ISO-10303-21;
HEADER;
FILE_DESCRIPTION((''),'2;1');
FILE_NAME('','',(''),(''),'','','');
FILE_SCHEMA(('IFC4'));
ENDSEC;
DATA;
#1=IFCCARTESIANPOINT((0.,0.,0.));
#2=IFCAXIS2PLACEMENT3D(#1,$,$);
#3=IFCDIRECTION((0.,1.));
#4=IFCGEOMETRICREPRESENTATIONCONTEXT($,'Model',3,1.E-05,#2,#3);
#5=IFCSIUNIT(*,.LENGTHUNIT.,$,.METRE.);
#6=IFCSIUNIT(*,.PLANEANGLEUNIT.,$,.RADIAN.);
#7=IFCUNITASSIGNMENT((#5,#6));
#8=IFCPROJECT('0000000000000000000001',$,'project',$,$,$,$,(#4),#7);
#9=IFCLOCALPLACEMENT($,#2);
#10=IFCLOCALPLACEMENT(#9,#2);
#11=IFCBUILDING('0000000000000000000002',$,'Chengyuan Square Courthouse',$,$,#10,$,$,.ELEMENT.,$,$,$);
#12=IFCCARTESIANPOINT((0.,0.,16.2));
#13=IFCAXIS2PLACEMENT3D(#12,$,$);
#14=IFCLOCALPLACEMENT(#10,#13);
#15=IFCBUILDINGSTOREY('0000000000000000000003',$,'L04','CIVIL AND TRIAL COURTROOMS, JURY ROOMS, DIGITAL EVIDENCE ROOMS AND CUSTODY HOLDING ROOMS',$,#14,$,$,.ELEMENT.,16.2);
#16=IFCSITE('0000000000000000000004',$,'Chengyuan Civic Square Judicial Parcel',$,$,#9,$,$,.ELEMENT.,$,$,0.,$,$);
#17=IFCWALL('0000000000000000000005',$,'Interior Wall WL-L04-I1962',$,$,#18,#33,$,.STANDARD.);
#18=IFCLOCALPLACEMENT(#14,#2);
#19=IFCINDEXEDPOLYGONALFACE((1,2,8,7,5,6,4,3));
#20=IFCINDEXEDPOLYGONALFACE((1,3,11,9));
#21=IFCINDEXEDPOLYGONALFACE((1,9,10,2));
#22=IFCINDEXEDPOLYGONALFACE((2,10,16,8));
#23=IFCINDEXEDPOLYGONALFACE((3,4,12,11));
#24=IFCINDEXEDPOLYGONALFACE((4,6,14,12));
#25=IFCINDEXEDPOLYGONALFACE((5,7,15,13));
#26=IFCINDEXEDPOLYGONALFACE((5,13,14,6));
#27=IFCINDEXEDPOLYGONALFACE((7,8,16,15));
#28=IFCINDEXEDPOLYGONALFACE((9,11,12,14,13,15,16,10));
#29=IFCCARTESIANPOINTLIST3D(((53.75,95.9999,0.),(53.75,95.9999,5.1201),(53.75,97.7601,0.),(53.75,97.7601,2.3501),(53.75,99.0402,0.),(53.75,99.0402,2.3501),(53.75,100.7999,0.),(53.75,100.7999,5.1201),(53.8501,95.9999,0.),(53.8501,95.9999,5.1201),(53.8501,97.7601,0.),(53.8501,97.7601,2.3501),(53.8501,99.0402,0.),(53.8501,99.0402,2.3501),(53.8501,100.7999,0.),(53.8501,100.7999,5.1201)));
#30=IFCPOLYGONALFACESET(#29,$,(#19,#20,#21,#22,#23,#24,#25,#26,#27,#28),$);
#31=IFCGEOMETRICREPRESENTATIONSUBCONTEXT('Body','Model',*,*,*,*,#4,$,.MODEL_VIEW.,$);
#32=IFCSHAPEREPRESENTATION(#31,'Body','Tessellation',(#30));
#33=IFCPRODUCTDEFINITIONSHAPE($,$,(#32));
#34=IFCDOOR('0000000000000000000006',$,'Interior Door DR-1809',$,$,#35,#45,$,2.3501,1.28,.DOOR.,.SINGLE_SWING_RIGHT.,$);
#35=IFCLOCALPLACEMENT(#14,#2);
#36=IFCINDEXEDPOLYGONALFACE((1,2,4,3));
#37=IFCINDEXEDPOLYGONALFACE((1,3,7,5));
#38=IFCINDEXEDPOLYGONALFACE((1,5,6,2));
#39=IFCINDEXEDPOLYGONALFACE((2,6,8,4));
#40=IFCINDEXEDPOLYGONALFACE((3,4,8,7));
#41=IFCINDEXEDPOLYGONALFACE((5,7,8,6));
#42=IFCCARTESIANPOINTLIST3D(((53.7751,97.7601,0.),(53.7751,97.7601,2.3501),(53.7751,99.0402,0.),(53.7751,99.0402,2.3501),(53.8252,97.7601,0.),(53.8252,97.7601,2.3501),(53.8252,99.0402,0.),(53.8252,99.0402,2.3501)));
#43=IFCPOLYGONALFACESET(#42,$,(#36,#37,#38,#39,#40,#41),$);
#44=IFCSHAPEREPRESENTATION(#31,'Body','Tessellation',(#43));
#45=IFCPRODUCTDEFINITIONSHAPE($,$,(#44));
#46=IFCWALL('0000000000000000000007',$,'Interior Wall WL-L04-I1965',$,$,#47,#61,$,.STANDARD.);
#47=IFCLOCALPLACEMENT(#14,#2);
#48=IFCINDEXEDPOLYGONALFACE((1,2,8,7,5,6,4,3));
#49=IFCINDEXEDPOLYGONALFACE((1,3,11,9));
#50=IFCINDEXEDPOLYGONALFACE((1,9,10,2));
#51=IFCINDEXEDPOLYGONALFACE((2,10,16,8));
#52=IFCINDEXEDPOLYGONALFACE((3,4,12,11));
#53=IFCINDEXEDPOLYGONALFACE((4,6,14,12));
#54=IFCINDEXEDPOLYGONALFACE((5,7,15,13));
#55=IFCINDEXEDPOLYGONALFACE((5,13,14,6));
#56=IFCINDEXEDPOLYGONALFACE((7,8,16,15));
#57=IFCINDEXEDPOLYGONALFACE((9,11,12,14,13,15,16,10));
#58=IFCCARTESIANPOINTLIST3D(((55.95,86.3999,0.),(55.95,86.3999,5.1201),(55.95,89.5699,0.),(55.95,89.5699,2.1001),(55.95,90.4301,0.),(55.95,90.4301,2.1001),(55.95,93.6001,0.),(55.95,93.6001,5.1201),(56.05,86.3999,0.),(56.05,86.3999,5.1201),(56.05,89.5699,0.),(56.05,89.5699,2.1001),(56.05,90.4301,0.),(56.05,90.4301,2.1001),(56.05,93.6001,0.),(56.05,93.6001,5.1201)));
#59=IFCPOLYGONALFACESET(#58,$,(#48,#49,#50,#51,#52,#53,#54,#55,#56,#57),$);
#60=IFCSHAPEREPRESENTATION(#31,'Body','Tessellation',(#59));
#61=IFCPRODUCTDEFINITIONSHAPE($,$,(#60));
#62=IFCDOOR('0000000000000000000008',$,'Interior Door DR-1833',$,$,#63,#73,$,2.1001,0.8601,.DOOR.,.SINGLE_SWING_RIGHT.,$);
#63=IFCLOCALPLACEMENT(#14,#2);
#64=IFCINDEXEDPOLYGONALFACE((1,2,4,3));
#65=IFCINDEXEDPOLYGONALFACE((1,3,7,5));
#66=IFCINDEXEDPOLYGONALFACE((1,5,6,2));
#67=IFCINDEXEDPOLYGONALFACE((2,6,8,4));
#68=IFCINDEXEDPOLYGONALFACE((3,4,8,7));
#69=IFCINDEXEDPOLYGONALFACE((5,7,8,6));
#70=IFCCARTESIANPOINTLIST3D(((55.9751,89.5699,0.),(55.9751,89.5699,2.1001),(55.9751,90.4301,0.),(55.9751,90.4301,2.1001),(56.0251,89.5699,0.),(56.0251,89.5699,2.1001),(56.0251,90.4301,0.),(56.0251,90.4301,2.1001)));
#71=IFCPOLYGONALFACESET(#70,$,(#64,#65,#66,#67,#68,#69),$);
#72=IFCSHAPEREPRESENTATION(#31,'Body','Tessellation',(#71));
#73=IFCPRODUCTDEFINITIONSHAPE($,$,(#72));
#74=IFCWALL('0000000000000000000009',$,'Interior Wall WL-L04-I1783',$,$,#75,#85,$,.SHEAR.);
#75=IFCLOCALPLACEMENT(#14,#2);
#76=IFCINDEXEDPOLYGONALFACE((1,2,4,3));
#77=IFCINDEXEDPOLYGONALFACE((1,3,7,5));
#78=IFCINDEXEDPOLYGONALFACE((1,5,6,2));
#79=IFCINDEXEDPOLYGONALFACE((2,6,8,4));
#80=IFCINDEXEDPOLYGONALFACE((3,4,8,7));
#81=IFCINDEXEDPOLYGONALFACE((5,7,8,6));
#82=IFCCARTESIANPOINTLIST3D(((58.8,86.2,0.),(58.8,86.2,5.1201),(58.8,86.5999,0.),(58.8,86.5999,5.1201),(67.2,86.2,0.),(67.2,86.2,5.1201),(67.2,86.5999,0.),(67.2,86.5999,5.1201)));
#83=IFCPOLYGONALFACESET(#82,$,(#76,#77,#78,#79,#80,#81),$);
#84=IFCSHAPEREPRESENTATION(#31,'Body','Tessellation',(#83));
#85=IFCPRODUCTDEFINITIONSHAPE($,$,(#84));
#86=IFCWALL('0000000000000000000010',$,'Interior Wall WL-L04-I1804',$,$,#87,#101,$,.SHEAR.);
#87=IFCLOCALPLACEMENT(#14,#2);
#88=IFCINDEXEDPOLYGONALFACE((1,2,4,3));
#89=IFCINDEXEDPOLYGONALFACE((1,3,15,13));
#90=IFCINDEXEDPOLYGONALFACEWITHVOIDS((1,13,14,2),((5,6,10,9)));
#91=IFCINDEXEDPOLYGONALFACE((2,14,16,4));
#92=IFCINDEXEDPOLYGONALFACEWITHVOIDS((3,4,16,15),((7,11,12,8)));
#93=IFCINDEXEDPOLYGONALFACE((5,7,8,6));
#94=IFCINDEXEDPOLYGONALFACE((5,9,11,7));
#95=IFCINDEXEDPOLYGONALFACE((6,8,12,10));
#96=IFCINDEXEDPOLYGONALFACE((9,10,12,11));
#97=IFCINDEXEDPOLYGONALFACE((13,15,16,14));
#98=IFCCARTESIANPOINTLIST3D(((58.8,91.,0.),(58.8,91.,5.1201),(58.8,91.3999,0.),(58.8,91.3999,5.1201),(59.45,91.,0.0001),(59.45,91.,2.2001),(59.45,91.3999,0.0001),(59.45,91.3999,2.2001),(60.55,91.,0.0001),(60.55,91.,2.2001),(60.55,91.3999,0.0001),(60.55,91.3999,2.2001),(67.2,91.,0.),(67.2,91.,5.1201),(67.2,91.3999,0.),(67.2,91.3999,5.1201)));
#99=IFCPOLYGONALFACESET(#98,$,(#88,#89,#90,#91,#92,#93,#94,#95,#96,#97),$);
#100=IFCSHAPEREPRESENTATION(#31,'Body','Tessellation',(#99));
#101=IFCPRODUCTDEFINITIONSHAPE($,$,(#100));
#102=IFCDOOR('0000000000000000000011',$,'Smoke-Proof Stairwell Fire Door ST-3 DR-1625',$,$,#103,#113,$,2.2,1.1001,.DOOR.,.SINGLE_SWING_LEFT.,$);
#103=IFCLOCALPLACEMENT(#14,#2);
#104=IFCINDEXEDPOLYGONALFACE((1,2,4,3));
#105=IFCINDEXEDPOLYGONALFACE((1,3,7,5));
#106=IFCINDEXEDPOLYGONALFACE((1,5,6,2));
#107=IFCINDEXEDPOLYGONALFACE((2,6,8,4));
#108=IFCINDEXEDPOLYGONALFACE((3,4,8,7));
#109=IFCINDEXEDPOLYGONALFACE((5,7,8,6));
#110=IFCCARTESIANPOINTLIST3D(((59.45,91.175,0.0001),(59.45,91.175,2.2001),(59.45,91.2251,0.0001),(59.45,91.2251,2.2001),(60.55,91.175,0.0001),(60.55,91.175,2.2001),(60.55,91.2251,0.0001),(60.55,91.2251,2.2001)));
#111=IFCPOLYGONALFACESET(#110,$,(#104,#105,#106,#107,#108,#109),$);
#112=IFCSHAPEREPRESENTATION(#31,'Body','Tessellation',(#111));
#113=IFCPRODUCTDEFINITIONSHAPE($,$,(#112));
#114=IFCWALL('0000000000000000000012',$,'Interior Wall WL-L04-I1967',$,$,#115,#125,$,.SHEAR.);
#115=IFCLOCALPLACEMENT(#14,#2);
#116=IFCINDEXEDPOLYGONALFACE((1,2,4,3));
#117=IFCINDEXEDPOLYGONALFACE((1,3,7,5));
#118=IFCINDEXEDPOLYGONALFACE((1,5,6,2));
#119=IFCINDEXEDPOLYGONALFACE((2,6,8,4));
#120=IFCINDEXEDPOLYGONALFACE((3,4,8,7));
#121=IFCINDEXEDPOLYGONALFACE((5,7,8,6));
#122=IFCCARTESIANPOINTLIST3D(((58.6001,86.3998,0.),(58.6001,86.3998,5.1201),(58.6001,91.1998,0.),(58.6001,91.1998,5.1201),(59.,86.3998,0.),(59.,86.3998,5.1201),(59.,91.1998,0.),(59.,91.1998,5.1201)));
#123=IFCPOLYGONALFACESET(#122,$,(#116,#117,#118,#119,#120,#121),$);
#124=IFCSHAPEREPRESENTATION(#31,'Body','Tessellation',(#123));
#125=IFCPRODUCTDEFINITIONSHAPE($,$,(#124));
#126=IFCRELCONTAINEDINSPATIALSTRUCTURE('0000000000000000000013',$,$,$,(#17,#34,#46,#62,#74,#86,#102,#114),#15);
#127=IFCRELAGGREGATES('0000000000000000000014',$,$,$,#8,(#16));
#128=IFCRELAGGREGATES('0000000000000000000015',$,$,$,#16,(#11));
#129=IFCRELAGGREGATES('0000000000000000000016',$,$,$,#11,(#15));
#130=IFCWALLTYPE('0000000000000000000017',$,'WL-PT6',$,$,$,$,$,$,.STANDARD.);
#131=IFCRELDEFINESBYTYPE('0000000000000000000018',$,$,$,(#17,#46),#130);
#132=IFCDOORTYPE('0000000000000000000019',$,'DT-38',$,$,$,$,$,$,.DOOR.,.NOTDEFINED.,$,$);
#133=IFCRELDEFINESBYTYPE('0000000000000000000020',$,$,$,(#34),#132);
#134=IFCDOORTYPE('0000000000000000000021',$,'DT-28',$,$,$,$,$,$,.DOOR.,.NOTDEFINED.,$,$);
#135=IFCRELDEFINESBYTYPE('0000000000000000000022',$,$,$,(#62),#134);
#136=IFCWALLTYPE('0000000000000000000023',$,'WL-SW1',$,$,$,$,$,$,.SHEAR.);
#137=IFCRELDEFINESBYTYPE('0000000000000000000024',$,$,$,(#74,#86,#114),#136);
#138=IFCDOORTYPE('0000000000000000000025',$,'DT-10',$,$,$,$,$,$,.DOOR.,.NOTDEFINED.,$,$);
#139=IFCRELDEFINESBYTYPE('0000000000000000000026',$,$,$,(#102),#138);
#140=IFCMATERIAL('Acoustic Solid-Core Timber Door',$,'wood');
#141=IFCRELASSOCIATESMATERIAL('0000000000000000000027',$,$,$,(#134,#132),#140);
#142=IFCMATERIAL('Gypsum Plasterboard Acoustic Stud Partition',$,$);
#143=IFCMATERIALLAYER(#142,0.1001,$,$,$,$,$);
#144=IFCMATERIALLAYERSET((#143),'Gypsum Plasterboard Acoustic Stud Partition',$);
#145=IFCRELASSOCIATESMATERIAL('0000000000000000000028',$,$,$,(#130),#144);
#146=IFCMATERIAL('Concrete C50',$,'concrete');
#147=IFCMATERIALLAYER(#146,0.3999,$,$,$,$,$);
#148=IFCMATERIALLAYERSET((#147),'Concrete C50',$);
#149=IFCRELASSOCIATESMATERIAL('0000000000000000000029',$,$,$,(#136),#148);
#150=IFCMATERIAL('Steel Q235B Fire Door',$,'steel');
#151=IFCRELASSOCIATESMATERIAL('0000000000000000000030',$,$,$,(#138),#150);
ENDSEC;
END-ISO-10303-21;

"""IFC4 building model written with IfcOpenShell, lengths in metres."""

from ifc_helpers import new_model, si_unit, direction, frame, frame_2d, origin, place, context, subcontext, project, spatial, rectangle, extrude, material, layer, layer_set, type_object, element, fill, save


model = new_model("IFC4")

# Units and contexts
model_context = context("Model", 3, precision=1e-05, world=origin(), true_north=direction((0.0, 1.0)))
body_context = subcontext(model_context, "Body", "Model", "MODEL_VIEW")
ifc_project = project(units=[si_unit("LENGTHUNIT", "METRE"), si_unit("PLANEANGLEUNIT", "RADIAN")], contexts=[model_context])

# Site, building, storey
site_placement = place(None, origin())
site = spatial("IfcSite", under=ifc_project, at=site_placement, Name="Chengyuan Civic Square Judicial Parcel", CompositionType="ELEMENT", RefElevation=0.0)
building_placement = place(site_placement, origin())
building = spatial("IfcBuilding", under=site, at=building_placement, Name="Chengyuan Square Courthouse", CompositionType="ELEMENT")
storey_placement = place(building_placement, frame((0.0, 0.0, 16.2)))
storey = spatial("IfcBuildingStorey", under=building, at=storey_placement, Name="L04", Description="CIVIL AND TRIAL COURTROOMS, JURY ROOMS, DIGITAL EVIDENCE ROOMS AND CUSTODY HOLDING ROOMS", CompositionType="ELEMENT", Elevation=16.2)

# Shared definitions
ifc_material_1 = material(Name="Concrete C50", Category="concrete")

# Shared definitions
ifc_material_2 = material(Name="Acoustic Solid-Core Timber Door", Category="wood")
door_type_1 = type_object("IfcDoorType", Name="DT-28", OperationType="NOTDEFINED", PredefinedType="DOOR", material=ifc_material_2)

# Walls, openings, doors
ifc_material_3 = material(Name="Gypsum Plasterboard Acoustic Stud Partition")
ifc_layer_1 = layer(ifc_material_3, 0.1001)
ifc_layer_set_1 = layer_set([ifc_layer_1], Name="Gypsum Plasterboard Acoustic Stud Partition")
wall_type_1 = type_object("IfcWallType", Name="WL-PT6", PredefinedType="STANDARD", material=ifc_layer_set_1)
wall_1_placement = place(storey_placement, frame((53.8, 96.0, 0.0), z_axis=(0.0, 0.0, 1.0), x_axis=(0.0, 1.0, 0.0)))
wall_1 = element("IfcWall", 1, at=wall_1_placement, inside=storey, type_object=wall_type_1, Name="Interior Wall WL-L04-I1962", PredefinedType="STANDARD", context=body_context, shape_type="SweptSolid", body=[
    extrude(rectangle(XDim=4.8, YDim=0.1001, at=frame_2d((2.3999, 0.0))), origin(), (0.0, 0.0, 1.0), 5.1201),
])
opening_1_placement = place(wall_1_placement, frame((1.76, 0.0, 0.0)))
opening_1 = element("IfcOpeningElement", 2, at=opening_1_placement, cuts=wall_1, PredefinedType="OPENING", context=body_context, shape_type="SweptSolid", body=[
    extrude(rectangle(XDim=1.28, YDim=2.3501, at=frame_2d((0.6401, 1.175))), frame((0.0, 0.062, 0.0), z_axis=(0.0, -1.0, 0.0), x_axis=(1.0, 0.0, 0.0)), (0.0, 0.0, 1.0), 0.124),
])
door_type_2 = type_object("IfcDoorType", Name="DT-38", OperationType="NOTDEFINED", PredefinedType="DOOR", material=ifc_material_2)
door_1_placement = place(opening_1_placement, origin())
door_1 = element("IfcDoor", 3, at=door_1_placement, inside=storey, type_object=door_type_2, Name="Interior Door DR-1809", OperationType="SINGLE_SWING_RIGHT", OverallHeight=2.3501, OverallWidth=1.28, PredefinedType="DOOR", context=body_context, shape_type="SweptSolid", body=[
    extrude(rectangle(XDim=1.28, YDim=2.3501, at=frame_2d((0.6401, 1.175))), frame((0.0, 0.0249, 0.0), z_axis=(0.0, -1.0, 0.0), x_axis=(1.0, 0.0, 0.0)), (0.0, 0.0, 1.0), 0.05),
])
fill(opening_1, door_1)
wall_2_placement = place(storey_placement, frame((56.0, 86.3999, 0.0), z_axis=(0.0, 0.0, 1.0), x_axis=(0.0, 1.0, 0.0)))
wall_2 = element("IfcWall", 4, at=wall_2_placement, inside=storey, type_object=wall_type_1, Name="Interior Wall WL-L04-I1965", PredefinedType="STANDARD", context=body_context, shape_type="SweptSolid", body=[
    extrude(rectangle(XDim=7.2002, YDim=0.1001, at=frame_2d((3.6001, 0.0))), origin(), (0.0, 0.0, 1.0), 5.1201),
])
opening_2_placement = place(wall_2_placement, frame((3.1699, 0.0, 0.0)))
opening_2 = element("IfcOpeningElement", 5, at=opening_2_placement, cuts=wall_2, PredefinedType="OPENING", context=body_context, shape_type="SweptSolid", body=[
    extrude(rectangle(XDim=0.8601, YDim=2.1001, at=frame_2d((0.4302, 1.05))), frame((0.0, 0.062, 0.0), z_axis=(0.0, -1.0, 0.0), x_axis=(1.0, 0.0, 0.0)), (0.0, 0.0, 1.0), 0.124),
])
door_2_placement = place(opening_2_placement, origin())
door_2 = element("IfcDoor", 6, at=door_2_placement, inside=storey, type_object=door_type_1, Name="Interior Door DR-1833", OperationType="SINGLE_SWING_RIGHT", OverallHeight=2.1001, OverallWidth=0.8601, PredefinedType="DOOR", context=body_context, shape_type="SweptSolid", body=[
    extrude(rectangle(XDim=0.8601, YDim=2.1001, at=frame_2d((0.4302, 1.05))), frame((0.0, 0.0249, 0.0), z_axis=(0.0, -1.0, 0.0), x_axis=(1.0, 0.0, 0.0)), (0.0, 0.0, 1.0), 0.05),
])
fill(opening_2, door_2)

# Wall
ifc_layer_2 = layer(ifc_material_1, 0.3999)
ifc_layer_set_2 = layer_set([ifc_layer_2], Name="Concrete C50")
wall_type_2 = type_object("IfcWallType", Name="WL-SW1", PredefinedType="SHEAR", material=ifc_layer_set_2)
wall_3_placement = place(storey_placement, frame((58.8, 86.3999, 0.0), z_axis=(0.0, 0.0, 1.0), x_axis=(1.0, 0.0, 0.0)))
element("IfcWall", 7, at=wall_3_placement, inside=storey, type_object=wall_type_2, Name="Interior Wall WL-L04-I1783", PredefinedType="SHEAR", context=body_context, shape_type="SweptSolid", body=[
    extrude(rectangle(XDim=8.3999, YDim=0.3999, at=frame_2d((4.2, 0.0))), origin(), (0.0, 0.0, 1.0), 5.1201),
])

# Wall, opening, door
wall_4_placement = place(storey_placement, frame((58.8, 91.2, 0.0), z_axis=(0.0, 0.0, 1.0), x_axis=(1.0, 0.0, 0.0)))
wall_4 = element("IfcWall", 8, at=wall_4_placement, inside=storey, type_object=wall_type_2, Name="Interior Wall WL-L04-I1804", PredefinedType="SHEAR", context=body_context, shape_type="SweptSolid", body=[
    extrude(rectangle(XDim=8.3999, YDim=0.3999, at=frame_2d((4.2, 0.0))), origin(), (0.0, 0.0, 1.0), 5.1201),
])
opening_3_placement = place(wall_4_placement, frame((0.6499, 0.0, 0.0)))
opening_3 = element("IfcOpeningElement", 9, at=opening_3_placement, cuts=wall_4, PredefinedType="OPENING", context=body_context, shape_type="SweptSolid", body=[
    extrude(rectangle(XDim=1.1001, YDim=2.2, at=frame_2d((0.55, 1.1001))), frame((0.0, 0.2119, 0.0), z_axis=(0.0, -1.0, 0.0), x_axis=(1.0, 0.0, 0.0)), (0.0, 0.0, 1.0), 0.4238),
])
ifc_material_4 = material(Name="Steel Q235B Fire Door", Category="steel")
door_type_3 = type_object("IfcDoorType", Name="DT-10", OperationType="NOTDEFINED", PredefinedType="DOOR", material=ifc_material_4)
door_3_placement = place(opening_3_placement, frame((1.1001, 0.0, 0.0), z_axis=(0.0, 0.0, 1.0), x_axis=(-1.0, 0.0, 0.0)))
door_3 = element("IfcDoor", 10, at=door_3_placement, inside=storey, type_object=door_type_3, Name="Smoke-Proof Stairwell Fire Door ST-3 DR-1625", OperationType="SINGLE_SWING_LEFT", OverallHeight=2.2, OverallWidth=1.1001, PredefinedType="DOOR", context=body_context, shape_type="SweptSolid", body=[
    extrude(rectangle(XDim=1.1001, YDim=2.2, at=frame_2d((0.55, 1.1001))), frame((0.0, 0.0249, 0.0), z_axis=(0.0, -1.0, 0.0), x_axis=(1.0, 0.0, 0.0)), (0.0, 0.0, 1.0), 0.05),
])
fill(opening_3, door_3)

# Wall
wall_5_placement = place(storey_placement, frame((58.8, 86.3999, 0.0), z_axis=(0.0, 0.0, 1.0), x_axis=(0.0, 1.0, 0.0)))
element("IfcWall", 11, at=wall_5_placement, inside=storey, type_object=wall_type_2, Name="Interior Wall WL-L04-I1967", PredefinedType="SHEAR", context=body_context, shape_type="SweptSolid", body=[
    extrude(rectangle(XDim=4.8, YDim=0.3999, at=frame_2d((2.3999, 0.0))), origin(), (0.0, 0.0, 1.0), 5.1201),
])

save(model, "model.ifc")
